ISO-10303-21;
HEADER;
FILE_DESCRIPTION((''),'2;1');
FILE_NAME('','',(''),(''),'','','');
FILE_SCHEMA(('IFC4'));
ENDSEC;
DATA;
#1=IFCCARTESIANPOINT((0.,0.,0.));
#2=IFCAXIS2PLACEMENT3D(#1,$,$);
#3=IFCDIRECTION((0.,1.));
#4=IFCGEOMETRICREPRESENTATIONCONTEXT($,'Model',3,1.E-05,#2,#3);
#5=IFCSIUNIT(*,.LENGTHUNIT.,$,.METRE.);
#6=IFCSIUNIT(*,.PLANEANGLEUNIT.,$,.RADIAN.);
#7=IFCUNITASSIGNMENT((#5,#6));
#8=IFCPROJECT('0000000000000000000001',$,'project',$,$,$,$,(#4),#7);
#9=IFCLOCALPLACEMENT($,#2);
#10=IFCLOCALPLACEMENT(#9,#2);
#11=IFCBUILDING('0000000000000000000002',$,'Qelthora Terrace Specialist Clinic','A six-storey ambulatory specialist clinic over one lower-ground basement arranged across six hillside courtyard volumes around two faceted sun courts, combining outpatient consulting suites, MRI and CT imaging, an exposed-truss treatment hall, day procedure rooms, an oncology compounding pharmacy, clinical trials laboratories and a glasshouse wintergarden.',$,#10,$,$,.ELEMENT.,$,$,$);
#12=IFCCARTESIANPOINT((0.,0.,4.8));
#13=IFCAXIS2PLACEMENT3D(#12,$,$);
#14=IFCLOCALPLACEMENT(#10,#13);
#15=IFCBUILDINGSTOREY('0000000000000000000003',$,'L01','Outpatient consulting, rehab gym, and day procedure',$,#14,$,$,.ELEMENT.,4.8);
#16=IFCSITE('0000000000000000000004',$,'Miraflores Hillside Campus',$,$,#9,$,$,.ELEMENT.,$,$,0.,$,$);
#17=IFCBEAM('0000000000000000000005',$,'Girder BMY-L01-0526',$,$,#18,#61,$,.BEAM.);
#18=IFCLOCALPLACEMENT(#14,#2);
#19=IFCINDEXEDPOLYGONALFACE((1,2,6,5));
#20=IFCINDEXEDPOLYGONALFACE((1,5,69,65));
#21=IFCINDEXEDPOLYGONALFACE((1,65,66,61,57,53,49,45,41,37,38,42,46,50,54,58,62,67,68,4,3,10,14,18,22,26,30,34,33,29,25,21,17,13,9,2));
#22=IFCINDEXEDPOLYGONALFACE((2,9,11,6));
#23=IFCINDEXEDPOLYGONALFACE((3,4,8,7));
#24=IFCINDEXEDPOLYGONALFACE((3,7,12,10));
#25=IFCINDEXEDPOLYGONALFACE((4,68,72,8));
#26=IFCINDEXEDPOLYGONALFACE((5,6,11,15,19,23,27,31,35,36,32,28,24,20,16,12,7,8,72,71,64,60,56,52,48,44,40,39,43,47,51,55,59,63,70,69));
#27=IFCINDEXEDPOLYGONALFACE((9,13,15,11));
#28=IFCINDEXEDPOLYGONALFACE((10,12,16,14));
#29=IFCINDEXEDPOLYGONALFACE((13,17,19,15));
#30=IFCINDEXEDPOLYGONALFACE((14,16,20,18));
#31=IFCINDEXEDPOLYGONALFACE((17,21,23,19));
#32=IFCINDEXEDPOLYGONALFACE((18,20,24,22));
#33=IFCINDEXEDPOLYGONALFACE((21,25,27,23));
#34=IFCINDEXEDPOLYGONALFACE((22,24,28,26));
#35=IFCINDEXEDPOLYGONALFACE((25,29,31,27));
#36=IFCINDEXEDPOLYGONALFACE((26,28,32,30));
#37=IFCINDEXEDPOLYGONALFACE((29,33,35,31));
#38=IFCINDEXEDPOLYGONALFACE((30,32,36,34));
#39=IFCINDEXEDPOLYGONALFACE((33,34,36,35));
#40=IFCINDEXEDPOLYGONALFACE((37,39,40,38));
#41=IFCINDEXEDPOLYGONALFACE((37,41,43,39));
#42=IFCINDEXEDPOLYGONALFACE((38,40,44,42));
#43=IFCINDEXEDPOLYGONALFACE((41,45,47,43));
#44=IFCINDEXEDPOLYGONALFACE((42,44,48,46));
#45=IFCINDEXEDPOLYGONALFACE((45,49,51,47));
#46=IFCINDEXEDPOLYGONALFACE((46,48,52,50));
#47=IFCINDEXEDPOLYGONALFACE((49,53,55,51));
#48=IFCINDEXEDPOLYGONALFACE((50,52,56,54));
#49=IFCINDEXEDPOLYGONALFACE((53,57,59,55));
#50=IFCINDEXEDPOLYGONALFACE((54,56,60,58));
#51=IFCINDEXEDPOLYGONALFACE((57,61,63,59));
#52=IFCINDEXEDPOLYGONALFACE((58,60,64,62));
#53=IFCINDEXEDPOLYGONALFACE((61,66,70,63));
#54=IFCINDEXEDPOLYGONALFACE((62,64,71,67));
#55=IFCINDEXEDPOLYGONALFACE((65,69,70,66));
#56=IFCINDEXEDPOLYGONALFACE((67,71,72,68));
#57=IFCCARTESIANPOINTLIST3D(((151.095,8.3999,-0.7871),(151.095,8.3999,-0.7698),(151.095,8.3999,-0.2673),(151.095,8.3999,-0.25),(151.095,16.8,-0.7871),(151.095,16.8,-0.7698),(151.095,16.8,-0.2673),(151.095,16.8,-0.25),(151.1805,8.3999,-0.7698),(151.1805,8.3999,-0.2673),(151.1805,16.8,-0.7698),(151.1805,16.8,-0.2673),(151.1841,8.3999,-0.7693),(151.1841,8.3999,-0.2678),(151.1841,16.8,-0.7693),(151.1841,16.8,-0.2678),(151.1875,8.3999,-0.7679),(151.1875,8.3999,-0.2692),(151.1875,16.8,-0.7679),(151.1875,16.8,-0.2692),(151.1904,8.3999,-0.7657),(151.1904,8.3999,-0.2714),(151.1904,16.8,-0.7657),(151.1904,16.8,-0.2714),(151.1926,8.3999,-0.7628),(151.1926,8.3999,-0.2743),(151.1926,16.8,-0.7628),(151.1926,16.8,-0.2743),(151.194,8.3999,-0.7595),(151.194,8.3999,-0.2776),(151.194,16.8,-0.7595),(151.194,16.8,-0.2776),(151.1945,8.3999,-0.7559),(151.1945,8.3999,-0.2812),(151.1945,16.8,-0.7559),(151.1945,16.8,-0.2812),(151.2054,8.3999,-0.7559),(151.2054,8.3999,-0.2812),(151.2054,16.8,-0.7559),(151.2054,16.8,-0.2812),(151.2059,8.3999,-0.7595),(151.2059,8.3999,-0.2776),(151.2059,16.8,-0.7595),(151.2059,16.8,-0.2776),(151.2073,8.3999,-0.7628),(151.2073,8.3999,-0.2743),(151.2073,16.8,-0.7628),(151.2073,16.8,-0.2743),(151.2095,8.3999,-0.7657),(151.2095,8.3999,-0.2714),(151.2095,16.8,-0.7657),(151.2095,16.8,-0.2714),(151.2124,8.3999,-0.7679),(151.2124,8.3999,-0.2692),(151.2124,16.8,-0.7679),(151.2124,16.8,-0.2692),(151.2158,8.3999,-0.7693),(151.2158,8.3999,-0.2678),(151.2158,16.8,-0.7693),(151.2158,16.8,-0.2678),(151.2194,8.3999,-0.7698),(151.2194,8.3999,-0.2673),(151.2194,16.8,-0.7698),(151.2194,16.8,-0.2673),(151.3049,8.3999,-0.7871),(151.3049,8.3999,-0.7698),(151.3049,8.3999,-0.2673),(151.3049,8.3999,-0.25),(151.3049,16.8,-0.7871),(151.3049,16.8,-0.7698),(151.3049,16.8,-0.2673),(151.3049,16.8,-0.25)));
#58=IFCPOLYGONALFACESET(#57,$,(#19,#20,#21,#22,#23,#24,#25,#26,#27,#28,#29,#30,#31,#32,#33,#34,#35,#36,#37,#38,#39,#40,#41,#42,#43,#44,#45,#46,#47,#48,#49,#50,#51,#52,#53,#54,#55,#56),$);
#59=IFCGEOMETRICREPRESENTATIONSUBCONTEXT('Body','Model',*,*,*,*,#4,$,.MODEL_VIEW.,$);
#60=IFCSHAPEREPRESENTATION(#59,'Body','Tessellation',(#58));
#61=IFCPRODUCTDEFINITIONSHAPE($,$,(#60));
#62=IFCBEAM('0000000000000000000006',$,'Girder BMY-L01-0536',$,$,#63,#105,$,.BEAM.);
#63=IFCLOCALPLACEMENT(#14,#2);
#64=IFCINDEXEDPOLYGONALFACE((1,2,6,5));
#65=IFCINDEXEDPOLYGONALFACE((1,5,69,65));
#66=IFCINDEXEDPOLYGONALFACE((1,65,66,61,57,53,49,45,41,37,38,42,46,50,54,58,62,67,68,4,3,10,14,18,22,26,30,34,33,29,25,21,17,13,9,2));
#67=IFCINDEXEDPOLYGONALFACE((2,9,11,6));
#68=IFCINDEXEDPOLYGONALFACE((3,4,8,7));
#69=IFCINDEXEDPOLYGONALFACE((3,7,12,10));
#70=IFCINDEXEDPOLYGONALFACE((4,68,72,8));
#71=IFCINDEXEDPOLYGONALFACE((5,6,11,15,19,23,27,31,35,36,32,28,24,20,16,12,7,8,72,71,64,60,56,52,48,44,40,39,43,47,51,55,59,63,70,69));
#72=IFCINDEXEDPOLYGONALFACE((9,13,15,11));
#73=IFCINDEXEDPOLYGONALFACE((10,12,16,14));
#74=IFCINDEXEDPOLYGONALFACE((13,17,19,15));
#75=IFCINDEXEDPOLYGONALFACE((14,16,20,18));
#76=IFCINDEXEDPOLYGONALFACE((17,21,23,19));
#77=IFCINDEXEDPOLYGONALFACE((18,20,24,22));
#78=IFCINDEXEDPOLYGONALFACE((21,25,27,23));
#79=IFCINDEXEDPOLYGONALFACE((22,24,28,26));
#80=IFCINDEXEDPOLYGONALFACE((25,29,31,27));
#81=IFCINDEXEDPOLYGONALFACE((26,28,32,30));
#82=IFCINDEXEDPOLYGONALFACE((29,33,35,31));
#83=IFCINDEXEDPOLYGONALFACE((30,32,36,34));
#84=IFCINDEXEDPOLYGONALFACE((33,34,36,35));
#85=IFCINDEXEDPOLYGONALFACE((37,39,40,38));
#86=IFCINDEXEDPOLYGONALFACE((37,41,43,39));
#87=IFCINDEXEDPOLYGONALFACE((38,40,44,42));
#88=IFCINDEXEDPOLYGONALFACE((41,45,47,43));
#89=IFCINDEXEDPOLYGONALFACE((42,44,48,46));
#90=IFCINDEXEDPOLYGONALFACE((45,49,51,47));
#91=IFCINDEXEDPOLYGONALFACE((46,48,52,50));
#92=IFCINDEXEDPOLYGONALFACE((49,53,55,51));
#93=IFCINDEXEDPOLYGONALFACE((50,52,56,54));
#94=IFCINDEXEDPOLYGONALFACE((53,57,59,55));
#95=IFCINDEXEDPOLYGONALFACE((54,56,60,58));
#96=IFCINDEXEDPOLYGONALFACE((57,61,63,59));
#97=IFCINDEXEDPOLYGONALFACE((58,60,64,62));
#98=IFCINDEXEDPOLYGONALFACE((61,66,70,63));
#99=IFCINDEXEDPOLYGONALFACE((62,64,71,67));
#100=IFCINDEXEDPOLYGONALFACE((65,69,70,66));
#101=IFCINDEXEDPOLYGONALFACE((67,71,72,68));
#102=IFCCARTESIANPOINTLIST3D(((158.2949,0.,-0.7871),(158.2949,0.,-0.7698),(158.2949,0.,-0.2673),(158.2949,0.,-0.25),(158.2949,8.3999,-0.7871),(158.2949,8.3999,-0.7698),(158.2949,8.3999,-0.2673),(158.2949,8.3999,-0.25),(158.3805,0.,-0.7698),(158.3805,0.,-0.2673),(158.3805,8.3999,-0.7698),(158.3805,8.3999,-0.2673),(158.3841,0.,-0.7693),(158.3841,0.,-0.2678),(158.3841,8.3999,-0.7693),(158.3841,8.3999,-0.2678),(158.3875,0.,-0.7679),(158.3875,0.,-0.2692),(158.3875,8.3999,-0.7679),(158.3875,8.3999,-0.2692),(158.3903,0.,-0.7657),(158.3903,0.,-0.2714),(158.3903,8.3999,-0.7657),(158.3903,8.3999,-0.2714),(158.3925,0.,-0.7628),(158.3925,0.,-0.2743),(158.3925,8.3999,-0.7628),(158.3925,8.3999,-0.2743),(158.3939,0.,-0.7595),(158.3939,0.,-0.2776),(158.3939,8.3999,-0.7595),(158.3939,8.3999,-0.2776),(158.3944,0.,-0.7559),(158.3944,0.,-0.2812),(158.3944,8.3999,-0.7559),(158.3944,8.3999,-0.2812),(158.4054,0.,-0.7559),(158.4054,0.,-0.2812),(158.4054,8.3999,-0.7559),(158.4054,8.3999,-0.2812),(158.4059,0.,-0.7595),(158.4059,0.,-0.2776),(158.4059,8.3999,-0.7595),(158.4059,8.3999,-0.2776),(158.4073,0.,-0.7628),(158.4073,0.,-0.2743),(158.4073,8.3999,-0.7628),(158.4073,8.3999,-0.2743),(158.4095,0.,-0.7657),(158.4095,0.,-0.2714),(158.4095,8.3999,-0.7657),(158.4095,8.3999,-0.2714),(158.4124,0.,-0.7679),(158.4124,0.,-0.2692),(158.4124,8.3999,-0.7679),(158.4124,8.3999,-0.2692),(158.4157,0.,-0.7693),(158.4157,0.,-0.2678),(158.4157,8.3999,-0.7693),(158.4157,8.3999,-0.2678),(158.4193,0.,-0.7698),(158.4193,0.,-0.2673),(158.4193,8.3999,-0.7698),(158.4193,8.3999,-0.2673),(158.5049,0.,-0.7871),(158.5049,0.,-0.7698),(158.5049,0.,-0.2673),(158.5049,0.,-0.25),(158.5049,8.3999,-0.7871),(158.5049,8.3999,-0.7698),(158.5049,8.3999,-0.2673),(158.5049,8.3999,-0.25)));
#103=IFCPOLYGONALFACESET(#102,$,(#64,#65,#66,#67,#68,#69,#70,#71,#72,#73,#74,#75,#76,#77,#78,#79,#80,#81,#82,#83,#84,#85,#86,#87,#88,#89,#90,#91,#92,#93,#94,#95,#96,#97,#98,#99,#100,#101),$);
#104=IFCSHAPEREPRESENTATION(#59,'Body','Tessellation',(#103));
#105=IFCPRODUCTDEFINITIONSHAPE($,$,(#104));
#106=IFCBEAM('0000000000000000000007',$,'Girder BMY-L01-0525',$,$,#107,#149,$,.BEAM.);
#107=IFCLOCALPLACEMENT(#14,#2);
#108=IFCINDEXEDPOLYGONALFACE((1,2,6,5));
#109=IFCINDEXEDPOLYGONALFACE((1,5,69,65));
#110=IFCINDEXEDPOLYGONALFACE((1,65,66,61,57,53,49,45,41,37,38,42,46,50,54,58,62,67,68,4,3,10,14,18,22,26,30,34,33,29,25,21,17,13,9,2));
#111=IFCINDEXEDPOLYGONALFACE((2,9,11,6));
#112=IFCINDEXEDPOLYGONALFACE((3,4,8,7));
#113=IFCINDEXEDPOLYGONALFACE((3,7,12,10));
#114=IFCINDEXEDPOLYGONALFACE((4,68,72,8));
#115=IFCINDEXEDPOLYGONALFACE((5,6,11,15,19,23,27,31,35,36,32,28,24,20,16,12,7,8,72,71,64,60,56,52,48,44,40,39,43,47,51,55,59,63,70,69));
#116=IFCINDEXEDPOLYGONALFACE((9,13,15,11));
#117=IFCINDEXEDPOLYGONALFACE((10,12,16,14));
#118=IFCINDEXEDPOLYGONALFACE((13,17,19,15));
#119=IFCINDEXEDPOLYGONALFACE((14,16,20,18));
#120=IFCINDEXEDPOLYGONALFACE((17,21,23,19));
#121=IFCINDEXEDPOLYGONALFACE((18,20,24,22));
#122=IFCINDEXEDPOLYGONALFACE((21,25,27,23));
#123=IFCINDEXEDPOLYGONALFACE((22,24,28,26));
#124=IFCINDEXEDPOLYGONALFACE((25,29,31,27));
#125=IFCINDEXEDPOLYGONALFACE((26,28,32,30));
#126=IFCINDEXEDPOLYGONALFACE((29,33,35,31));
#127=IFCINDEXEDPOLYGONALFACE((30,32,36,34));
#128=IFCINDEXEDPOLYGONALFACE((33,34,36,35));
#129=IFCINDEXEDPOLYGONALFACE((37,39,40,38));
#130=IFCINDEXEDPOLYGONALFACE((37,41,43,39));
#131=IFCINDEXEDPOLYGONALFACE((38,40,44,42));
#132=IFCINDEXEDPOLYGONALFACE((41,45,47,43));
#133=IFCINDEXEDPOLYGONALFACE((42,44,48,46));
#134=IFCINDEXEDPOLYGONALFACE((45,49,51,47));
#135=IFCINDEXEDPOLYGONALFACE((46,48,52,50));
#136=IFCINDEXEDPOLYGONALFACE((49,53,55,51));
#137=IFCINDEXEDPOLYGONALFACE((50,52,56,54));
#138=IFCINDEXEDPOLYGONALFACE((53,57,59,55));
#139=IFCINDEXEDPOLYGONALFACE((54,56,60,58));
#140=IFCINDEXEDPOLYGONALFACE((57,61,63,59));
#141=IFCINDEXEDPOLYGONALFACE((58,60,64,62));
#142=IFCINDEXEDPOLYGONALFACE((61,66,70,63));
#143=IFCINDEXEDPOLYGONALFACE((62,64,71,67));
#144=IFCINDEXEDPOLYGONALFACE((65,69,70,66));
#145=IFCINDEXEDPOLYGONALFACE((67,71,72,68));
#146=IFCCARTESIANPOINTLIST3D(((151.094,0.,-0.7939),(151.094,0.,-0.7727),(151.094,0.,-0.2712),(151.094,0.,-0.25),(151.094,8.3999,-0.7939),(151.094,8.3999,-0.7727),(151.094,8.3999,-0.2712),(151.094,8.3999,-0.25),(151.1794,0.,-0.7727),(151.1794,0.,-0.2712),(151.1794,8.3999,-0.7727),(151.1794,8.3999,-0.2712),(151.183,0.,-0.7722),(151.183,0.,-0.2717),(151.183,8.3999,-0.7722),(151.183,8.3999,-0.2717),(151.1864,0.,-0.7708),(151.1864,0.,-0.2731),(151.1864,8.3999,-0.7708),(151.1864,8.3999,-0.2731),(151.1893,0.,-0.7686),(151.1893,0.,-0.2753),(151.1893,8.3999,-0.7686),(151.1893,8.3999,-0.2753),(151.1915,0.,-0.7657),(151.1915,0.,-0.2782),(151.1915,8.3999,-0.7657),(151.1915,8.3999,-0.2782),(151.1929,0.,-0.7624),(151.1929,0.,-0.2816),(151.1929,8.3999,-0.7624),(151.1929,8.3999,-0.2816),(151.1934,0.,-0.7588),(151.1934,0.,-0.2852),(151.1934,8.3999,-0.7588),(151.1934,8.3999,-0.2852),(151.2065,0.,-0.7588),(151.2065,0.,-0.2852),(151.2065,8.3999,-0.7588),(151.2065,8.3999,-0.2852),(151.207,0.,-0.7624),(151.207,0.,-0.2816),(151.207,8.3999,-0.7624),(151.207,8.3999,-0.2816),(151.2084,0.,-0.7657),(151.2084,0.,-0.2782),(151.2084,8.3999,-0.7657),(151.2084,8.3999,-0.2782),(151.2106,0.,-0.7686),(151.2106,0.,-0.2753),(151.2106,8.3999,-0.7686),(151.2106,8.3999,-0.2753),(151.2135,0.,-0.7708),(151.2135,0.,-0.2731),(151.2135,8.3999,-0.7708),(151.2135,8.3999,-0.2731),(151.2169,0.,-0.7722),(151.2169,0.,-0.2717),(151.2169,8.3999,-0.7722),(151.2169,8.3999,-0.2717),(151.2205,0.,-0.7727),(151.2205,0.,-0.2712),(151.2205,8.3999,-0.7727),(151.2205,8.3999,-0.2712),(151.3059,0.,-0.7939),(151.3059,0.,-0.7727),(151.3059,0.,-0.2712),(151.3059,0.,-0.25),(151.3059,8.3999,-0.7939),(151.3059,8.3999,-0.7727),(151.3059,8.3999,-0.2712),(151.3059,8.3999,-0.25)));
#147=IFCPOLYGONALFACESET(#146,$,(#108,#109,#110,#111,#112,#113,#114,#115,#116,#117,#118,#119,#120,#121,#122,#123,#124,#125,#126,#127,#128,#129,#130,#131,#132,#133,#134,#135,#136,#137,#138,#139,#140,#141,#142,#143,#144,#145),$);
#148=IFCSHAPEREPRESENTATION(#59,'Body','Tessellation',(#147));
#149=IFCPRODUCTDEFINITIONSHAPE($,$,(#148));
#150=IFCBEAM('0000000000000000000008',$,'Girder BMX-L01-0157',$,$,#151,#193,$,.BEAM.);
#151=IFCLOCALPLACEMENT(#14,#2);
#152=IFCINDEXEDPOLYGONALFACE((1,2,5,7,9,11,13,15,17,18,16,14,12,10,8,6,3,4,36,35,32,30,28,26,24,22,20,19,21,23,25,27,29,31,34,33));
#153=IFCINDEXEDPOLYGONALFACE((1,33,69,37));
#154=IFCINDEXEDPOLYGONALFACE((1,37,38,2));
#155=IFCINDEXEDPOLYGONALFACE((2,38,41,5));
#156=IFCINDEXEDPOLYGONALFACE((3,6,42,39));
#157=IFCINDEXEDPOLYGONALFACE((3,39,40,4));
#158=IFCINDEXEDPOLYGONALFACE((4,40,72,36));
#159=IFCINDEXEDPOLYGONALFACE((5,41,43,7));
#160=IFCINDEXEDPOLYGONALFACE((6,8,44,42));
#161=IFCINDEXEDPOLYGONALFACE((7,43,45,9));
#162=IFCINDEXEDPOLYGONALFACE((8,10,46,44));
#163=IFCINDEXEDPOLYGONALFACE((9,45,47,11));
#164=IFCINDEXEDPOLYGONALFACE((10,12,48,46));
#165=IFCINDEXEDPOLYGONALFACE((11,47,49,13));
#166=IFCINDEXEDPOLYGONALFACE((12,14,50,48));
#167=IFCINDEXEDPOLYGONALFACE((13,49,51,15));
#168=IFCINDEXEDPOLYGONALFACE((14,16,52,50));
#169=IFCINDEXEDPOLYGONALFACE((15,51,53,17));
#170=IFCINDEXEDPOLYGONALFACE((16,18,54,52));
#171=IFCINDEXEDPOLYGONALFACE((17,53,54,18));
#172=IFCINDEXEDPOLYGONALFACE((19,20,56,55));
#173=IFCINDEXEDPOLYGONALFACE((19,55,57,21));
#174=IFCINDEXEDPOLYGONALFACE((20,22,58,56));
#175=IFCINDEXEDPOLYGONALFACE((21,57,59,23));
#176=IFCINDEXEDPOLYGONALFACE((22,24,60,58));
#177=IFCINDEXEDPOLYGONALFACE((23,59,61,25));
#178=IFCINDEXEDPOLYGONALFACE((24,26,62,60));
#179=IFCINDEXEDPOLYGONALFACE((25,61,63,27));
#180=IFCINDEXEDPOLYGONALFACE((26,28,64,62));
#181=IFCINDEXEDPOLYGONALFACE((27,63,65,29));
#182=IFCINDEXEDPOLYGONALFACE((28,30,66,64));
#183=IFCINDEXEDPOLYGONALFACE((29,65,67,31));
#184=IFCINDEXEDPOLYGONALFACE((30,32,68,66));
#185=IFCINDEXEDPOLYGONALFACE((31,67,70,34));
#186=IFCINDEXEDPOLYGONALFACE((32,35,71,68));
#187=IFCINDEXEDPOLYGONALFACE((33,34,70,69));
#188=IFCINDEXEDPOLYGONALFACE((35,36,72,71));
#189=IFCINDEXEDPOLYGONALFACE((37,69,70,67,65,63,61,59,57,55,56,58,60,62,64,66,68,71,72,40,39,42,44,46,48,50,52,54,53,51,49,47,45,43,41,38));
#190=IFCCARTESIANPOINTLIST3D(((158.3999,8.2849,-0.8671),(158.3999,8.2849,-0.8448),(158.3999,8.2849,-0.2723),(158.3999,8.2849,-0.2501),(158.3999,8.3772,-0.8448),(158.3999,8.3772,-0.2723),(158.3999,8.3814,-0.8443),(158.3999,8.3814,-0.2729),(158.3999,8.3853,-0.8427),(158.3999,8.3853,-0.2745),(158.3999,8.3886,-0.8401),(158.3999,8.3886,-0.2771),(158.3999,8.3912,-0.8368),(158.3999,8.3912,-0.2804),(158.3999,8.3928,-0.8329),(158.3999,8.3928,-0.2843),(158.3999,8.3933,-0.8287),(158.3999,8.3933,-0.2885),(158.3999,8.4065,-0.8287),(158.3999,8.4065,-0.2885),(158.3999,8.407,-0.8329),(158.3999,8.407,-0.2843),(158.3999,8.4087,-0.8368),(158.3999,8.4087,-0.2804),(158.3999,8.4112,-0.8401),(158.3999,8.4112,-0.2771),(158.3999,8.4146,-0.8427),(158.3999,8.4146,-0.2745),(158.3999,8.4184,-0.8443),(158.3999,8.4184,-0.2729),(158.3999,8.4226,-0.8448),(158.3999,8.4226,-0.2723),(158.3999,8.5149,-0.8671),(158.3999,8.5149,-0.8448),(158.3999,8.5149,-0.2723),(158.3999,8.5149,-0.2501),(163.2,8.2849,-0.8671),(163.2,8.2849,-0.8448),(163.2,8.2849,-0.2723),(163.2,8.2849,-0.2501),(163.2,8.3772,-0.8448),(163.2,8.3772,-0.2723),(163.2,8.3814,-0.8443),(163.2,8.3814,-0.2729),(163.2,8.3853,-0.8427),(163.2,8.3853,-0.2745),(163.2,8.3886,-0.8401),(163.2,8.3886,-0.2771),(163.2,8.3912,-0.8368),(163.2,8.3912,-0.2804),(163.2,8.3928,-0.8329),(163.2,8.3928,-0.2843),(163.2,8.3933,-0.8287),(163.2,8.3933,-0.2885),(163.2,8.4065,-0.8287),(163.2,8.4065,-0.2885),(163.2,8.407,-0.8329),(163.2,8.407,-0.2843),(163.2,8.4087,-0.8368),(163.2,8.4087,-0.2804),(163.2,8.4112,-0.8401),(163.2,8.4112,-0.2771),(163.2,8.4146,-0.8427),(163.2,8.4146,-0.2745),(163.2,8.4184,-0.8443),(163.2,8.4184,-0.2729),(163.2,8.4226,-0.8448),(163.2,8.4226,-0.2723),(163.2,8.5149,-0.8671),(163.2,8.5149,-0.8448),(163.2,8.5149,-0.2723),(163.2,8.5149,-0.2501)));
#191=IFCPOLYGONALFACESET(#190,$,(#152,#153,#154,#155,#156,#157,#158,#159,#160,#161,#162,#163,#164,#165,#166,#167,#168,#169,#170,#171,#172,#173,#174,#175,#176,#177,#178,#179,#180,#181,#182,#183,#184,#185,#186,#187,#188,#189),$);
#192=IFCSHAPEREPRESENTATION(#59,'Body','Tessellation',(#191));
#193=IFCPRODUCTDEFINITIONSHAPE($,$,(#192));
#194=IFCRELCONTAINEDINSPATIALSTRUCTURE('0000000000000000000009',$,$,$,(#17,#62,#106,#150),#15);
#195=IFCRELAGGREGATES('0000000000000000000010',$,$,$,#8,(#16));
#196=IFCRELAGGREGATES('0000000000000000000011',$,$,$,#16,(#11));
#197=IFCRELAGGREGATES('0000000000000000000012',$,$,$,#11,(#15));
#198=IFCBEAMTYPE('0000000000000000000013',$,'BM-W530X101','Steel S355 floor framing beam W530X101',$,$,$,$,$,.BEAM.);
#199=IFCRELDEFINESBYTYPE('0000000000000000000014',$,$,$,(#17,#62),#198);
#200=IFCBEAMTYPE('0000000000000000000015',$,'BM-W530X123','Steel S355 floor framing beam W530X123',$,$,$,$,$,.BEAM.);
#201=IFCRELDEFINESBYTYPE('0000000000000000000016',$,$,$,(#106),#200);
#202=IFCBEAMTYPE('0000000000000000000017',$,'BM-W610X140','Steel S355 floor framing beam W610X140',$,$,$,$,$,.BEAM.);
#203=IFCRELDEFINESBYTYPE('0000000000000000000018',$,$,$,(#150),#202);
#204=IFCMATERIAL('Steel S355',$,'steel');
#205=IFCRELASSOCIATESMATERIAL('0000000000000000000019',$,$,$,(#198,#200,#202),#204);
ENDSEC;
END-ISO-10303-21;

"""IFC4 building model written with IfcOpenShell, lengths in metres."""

from ifc_helpers import new_model, si_unit, direction, frame, origin, origin_2d, place, context, subcontext, project, spatial, i_section, extrude, material, material_profile, profile_set, type_object, element, save


model = new_model("IFC4")

# Units and contexts
model_context = context("Model", 3, precision=1e-05, world=origin(), true_north=direction((0.0, 1.0)))
body_context = subcontext(model_context, "Body", "Model", "MODEL_VIEW")
ifc_project = project(units=[si_unit("LENGTHUNIT", "METRE"), si_unit("PLANEANGLEUNIT", "RADIAN")], contexts=[model_context])

# Site, building, storey
site_placement = place(None, origin())
site = spatial("IfcSite", under=ifc_project, at=site_placement, Name="Miraflores Hillside Campus", CompositionType="ELEMENT", RefElevation=0.0)
building_placement = place(site_placement, origin())
building = spatial("IfcBuilding", under=site, at=building_placement, Name="Qelthora Terrace Specialist Clinic", Description="A six-storey ambulatory specialist clinic over one lower-ground basement arranged across six hillside courtyard volumes around two faceted sun courts, combining outpatient consulting suites, MRI and CT imaging, an exposed-truss treatment hall, day procedure rooms, an oncology compounding pharmacy, clinical trials laboratories and a glasshouse wintergarden.", CompositionType="ELEMENT")
storey_placement = place(building_placement, frame((0.0, 0.0, 4.8)))
storey = spatial("IfcBuildingStorey", under=building, at=storey_placement, Name="L01", Description="Outpatient consulting, rehab gym, and day procedure", CompositionType="ELEMENT", Elevation=4.8)

# Shared definitions
ifc_material_1 = material(Name="Steel S355", Category="steel")

# Beams
ifc_material_profile_1 = material_profile(ifc_material_1, i_section(OverallWidth=0.21, OverallDepth=0.5371, WebThickness=0.011, FlangeThickness=0.0173, FilletRadius=0.0139, at=origin_2d()), Name="W530X101")
ifc_profile_set_1 = profile_set([ifc_material_profile_1], Name="Steel S355")
beam_type_1 = type_object("IfcBeamType", Name="BM-W530X101", Description="Steel S355 floor framing beam W530X101", PredefinedType="BEAM", material=ifc_profile_set_1)
beam_1_placement = place(storey_placement, frame((151.2, 8.3999, -0.5186), z_axis=(0.0, 1.0, 0.0), x_axis=(-1.0, 0.0, 0.0)))
element("IfcBeam", 1, at=beam_1_placement, inside=storey, type_object=beam_type_1, Name="Girder BMY-L01-0526", PredefinedType="BEAM", context=body_context, shape_type="SweptSolid", body=[
    extrude(i_section(OverallWidth=0.21, OverallDepth=0.5371, WebThickness=0.011, FlangeThickness=0.0173, FilletRadius=0.0139, at=origin_2d()), origin(), (0.0, 0.0, 1.0), 8.4001),
])
beam_2_placement = place(storey_placement, frame((158.3999, 0.0, -0.5186), z_axis=(0.0, 1.0, 0.0), x_axis=(-1.0, 0.0, 0.0)))
element("IfcBeam", 2, at=beam_2_placement, inside=storey, type_object=beam_type_1, Name="Girder BMY-L01-0536", PredefinedType="BEAM", context=body_context, shape_type="SweptSolid", body=[
    extrude(i_section(OverallWidth=0.21, OverallDepth=0.5371, WebThickness=0.011, FlangeThickness=0.0173, FilletRadius=0.0139, at=origin_2d()), origin(), (0.0, 0.0, 1.0), 8.3999),
])
ifc_material_profile_2 = material_profile(ifc_material_1, i_section(OverallWidth=0.2119, OverallDepth=0.5439, WebThickness=0.0132, FlangeThickness=0.0212, FilletRadius=0.0139, at=origin_2d()), Name="W530X123")
ifc_profile_set_2 = profile_set([ifc_material_profile_2], Name="Steel S355")
beam_type_2 = type_object("IfcBeamType", Name="BM-W530X123", Description="Steel S355 floor framing beam W530X123", PredefinedType="BEAM", material=ifc_profile_set_2)
beam_3_placement = place(storey_placement, frame((151.2, 0.0, -0.522), z_axis=(0.0, 1.0, 0.0), x_axis=(-1.0, 0.0, 0.0)))
element("IfcBeam", 3, at=beam_3_placement, inside=storey, type_object=beam_type_2, Name="Girder BMY-L01-0525", PredefinedType="BEAM", context=body_context, shape_type="SweptSolid", body=[
    extrude(i_section(OverallWidth=0.2119, OverallDepth=0.5439, WebThickness=0.0132, FlangeThickness=0.0212, FilletRadius=0.0139, at=origin_2d()), origin(), (0.0, 0.0, 1.0), 8.3999),
])
ifc_material_profile_3 = material_profile(ifc_material_1, i_section(OverallWidth=0.23, OverallDepth=0.6169, WebThickness=0.0132, FlangeThickness=0.0222, FilletRadius=0.0161, at=origin_2d()), Name="W610X140")
ifc_profile_set_3 = profile_set([ifc_material_profile_3], Name="Steel S355")
beam_type_3 = type_object("IfcBeamType", Name="BM-W610X140", Description="Steel S355 floor framing beam W610X140", PredefinedType="BEAM", material=ifc_profile_set_3)
beam_4_placement = place(storey_placement, frame((158.3999, 8.3999, -0.5586), z_axis=(1.0, 0.0, 0.0), x_axis=(0.0, 1.0, 0.0)))
element("IfcBeam", 4, at=beam_4_placement, inside=storey, type_object=beam_type_3, Name="Girder BMX-L01-0157", PredefinedType="BEAM", context=body_context, shape_type="SweptSolid", body=[
    extrude(i_section(OverallWidth=0.23, OverallDepth=0.6169, WebThickness=0.0132, FlangeThickness=0.0222, FilletRadius=0.0161, at=origin_2d()), origin(), (0.0, 0.0, 1.0), 4.8),
])

save(model, "model.ifc")
